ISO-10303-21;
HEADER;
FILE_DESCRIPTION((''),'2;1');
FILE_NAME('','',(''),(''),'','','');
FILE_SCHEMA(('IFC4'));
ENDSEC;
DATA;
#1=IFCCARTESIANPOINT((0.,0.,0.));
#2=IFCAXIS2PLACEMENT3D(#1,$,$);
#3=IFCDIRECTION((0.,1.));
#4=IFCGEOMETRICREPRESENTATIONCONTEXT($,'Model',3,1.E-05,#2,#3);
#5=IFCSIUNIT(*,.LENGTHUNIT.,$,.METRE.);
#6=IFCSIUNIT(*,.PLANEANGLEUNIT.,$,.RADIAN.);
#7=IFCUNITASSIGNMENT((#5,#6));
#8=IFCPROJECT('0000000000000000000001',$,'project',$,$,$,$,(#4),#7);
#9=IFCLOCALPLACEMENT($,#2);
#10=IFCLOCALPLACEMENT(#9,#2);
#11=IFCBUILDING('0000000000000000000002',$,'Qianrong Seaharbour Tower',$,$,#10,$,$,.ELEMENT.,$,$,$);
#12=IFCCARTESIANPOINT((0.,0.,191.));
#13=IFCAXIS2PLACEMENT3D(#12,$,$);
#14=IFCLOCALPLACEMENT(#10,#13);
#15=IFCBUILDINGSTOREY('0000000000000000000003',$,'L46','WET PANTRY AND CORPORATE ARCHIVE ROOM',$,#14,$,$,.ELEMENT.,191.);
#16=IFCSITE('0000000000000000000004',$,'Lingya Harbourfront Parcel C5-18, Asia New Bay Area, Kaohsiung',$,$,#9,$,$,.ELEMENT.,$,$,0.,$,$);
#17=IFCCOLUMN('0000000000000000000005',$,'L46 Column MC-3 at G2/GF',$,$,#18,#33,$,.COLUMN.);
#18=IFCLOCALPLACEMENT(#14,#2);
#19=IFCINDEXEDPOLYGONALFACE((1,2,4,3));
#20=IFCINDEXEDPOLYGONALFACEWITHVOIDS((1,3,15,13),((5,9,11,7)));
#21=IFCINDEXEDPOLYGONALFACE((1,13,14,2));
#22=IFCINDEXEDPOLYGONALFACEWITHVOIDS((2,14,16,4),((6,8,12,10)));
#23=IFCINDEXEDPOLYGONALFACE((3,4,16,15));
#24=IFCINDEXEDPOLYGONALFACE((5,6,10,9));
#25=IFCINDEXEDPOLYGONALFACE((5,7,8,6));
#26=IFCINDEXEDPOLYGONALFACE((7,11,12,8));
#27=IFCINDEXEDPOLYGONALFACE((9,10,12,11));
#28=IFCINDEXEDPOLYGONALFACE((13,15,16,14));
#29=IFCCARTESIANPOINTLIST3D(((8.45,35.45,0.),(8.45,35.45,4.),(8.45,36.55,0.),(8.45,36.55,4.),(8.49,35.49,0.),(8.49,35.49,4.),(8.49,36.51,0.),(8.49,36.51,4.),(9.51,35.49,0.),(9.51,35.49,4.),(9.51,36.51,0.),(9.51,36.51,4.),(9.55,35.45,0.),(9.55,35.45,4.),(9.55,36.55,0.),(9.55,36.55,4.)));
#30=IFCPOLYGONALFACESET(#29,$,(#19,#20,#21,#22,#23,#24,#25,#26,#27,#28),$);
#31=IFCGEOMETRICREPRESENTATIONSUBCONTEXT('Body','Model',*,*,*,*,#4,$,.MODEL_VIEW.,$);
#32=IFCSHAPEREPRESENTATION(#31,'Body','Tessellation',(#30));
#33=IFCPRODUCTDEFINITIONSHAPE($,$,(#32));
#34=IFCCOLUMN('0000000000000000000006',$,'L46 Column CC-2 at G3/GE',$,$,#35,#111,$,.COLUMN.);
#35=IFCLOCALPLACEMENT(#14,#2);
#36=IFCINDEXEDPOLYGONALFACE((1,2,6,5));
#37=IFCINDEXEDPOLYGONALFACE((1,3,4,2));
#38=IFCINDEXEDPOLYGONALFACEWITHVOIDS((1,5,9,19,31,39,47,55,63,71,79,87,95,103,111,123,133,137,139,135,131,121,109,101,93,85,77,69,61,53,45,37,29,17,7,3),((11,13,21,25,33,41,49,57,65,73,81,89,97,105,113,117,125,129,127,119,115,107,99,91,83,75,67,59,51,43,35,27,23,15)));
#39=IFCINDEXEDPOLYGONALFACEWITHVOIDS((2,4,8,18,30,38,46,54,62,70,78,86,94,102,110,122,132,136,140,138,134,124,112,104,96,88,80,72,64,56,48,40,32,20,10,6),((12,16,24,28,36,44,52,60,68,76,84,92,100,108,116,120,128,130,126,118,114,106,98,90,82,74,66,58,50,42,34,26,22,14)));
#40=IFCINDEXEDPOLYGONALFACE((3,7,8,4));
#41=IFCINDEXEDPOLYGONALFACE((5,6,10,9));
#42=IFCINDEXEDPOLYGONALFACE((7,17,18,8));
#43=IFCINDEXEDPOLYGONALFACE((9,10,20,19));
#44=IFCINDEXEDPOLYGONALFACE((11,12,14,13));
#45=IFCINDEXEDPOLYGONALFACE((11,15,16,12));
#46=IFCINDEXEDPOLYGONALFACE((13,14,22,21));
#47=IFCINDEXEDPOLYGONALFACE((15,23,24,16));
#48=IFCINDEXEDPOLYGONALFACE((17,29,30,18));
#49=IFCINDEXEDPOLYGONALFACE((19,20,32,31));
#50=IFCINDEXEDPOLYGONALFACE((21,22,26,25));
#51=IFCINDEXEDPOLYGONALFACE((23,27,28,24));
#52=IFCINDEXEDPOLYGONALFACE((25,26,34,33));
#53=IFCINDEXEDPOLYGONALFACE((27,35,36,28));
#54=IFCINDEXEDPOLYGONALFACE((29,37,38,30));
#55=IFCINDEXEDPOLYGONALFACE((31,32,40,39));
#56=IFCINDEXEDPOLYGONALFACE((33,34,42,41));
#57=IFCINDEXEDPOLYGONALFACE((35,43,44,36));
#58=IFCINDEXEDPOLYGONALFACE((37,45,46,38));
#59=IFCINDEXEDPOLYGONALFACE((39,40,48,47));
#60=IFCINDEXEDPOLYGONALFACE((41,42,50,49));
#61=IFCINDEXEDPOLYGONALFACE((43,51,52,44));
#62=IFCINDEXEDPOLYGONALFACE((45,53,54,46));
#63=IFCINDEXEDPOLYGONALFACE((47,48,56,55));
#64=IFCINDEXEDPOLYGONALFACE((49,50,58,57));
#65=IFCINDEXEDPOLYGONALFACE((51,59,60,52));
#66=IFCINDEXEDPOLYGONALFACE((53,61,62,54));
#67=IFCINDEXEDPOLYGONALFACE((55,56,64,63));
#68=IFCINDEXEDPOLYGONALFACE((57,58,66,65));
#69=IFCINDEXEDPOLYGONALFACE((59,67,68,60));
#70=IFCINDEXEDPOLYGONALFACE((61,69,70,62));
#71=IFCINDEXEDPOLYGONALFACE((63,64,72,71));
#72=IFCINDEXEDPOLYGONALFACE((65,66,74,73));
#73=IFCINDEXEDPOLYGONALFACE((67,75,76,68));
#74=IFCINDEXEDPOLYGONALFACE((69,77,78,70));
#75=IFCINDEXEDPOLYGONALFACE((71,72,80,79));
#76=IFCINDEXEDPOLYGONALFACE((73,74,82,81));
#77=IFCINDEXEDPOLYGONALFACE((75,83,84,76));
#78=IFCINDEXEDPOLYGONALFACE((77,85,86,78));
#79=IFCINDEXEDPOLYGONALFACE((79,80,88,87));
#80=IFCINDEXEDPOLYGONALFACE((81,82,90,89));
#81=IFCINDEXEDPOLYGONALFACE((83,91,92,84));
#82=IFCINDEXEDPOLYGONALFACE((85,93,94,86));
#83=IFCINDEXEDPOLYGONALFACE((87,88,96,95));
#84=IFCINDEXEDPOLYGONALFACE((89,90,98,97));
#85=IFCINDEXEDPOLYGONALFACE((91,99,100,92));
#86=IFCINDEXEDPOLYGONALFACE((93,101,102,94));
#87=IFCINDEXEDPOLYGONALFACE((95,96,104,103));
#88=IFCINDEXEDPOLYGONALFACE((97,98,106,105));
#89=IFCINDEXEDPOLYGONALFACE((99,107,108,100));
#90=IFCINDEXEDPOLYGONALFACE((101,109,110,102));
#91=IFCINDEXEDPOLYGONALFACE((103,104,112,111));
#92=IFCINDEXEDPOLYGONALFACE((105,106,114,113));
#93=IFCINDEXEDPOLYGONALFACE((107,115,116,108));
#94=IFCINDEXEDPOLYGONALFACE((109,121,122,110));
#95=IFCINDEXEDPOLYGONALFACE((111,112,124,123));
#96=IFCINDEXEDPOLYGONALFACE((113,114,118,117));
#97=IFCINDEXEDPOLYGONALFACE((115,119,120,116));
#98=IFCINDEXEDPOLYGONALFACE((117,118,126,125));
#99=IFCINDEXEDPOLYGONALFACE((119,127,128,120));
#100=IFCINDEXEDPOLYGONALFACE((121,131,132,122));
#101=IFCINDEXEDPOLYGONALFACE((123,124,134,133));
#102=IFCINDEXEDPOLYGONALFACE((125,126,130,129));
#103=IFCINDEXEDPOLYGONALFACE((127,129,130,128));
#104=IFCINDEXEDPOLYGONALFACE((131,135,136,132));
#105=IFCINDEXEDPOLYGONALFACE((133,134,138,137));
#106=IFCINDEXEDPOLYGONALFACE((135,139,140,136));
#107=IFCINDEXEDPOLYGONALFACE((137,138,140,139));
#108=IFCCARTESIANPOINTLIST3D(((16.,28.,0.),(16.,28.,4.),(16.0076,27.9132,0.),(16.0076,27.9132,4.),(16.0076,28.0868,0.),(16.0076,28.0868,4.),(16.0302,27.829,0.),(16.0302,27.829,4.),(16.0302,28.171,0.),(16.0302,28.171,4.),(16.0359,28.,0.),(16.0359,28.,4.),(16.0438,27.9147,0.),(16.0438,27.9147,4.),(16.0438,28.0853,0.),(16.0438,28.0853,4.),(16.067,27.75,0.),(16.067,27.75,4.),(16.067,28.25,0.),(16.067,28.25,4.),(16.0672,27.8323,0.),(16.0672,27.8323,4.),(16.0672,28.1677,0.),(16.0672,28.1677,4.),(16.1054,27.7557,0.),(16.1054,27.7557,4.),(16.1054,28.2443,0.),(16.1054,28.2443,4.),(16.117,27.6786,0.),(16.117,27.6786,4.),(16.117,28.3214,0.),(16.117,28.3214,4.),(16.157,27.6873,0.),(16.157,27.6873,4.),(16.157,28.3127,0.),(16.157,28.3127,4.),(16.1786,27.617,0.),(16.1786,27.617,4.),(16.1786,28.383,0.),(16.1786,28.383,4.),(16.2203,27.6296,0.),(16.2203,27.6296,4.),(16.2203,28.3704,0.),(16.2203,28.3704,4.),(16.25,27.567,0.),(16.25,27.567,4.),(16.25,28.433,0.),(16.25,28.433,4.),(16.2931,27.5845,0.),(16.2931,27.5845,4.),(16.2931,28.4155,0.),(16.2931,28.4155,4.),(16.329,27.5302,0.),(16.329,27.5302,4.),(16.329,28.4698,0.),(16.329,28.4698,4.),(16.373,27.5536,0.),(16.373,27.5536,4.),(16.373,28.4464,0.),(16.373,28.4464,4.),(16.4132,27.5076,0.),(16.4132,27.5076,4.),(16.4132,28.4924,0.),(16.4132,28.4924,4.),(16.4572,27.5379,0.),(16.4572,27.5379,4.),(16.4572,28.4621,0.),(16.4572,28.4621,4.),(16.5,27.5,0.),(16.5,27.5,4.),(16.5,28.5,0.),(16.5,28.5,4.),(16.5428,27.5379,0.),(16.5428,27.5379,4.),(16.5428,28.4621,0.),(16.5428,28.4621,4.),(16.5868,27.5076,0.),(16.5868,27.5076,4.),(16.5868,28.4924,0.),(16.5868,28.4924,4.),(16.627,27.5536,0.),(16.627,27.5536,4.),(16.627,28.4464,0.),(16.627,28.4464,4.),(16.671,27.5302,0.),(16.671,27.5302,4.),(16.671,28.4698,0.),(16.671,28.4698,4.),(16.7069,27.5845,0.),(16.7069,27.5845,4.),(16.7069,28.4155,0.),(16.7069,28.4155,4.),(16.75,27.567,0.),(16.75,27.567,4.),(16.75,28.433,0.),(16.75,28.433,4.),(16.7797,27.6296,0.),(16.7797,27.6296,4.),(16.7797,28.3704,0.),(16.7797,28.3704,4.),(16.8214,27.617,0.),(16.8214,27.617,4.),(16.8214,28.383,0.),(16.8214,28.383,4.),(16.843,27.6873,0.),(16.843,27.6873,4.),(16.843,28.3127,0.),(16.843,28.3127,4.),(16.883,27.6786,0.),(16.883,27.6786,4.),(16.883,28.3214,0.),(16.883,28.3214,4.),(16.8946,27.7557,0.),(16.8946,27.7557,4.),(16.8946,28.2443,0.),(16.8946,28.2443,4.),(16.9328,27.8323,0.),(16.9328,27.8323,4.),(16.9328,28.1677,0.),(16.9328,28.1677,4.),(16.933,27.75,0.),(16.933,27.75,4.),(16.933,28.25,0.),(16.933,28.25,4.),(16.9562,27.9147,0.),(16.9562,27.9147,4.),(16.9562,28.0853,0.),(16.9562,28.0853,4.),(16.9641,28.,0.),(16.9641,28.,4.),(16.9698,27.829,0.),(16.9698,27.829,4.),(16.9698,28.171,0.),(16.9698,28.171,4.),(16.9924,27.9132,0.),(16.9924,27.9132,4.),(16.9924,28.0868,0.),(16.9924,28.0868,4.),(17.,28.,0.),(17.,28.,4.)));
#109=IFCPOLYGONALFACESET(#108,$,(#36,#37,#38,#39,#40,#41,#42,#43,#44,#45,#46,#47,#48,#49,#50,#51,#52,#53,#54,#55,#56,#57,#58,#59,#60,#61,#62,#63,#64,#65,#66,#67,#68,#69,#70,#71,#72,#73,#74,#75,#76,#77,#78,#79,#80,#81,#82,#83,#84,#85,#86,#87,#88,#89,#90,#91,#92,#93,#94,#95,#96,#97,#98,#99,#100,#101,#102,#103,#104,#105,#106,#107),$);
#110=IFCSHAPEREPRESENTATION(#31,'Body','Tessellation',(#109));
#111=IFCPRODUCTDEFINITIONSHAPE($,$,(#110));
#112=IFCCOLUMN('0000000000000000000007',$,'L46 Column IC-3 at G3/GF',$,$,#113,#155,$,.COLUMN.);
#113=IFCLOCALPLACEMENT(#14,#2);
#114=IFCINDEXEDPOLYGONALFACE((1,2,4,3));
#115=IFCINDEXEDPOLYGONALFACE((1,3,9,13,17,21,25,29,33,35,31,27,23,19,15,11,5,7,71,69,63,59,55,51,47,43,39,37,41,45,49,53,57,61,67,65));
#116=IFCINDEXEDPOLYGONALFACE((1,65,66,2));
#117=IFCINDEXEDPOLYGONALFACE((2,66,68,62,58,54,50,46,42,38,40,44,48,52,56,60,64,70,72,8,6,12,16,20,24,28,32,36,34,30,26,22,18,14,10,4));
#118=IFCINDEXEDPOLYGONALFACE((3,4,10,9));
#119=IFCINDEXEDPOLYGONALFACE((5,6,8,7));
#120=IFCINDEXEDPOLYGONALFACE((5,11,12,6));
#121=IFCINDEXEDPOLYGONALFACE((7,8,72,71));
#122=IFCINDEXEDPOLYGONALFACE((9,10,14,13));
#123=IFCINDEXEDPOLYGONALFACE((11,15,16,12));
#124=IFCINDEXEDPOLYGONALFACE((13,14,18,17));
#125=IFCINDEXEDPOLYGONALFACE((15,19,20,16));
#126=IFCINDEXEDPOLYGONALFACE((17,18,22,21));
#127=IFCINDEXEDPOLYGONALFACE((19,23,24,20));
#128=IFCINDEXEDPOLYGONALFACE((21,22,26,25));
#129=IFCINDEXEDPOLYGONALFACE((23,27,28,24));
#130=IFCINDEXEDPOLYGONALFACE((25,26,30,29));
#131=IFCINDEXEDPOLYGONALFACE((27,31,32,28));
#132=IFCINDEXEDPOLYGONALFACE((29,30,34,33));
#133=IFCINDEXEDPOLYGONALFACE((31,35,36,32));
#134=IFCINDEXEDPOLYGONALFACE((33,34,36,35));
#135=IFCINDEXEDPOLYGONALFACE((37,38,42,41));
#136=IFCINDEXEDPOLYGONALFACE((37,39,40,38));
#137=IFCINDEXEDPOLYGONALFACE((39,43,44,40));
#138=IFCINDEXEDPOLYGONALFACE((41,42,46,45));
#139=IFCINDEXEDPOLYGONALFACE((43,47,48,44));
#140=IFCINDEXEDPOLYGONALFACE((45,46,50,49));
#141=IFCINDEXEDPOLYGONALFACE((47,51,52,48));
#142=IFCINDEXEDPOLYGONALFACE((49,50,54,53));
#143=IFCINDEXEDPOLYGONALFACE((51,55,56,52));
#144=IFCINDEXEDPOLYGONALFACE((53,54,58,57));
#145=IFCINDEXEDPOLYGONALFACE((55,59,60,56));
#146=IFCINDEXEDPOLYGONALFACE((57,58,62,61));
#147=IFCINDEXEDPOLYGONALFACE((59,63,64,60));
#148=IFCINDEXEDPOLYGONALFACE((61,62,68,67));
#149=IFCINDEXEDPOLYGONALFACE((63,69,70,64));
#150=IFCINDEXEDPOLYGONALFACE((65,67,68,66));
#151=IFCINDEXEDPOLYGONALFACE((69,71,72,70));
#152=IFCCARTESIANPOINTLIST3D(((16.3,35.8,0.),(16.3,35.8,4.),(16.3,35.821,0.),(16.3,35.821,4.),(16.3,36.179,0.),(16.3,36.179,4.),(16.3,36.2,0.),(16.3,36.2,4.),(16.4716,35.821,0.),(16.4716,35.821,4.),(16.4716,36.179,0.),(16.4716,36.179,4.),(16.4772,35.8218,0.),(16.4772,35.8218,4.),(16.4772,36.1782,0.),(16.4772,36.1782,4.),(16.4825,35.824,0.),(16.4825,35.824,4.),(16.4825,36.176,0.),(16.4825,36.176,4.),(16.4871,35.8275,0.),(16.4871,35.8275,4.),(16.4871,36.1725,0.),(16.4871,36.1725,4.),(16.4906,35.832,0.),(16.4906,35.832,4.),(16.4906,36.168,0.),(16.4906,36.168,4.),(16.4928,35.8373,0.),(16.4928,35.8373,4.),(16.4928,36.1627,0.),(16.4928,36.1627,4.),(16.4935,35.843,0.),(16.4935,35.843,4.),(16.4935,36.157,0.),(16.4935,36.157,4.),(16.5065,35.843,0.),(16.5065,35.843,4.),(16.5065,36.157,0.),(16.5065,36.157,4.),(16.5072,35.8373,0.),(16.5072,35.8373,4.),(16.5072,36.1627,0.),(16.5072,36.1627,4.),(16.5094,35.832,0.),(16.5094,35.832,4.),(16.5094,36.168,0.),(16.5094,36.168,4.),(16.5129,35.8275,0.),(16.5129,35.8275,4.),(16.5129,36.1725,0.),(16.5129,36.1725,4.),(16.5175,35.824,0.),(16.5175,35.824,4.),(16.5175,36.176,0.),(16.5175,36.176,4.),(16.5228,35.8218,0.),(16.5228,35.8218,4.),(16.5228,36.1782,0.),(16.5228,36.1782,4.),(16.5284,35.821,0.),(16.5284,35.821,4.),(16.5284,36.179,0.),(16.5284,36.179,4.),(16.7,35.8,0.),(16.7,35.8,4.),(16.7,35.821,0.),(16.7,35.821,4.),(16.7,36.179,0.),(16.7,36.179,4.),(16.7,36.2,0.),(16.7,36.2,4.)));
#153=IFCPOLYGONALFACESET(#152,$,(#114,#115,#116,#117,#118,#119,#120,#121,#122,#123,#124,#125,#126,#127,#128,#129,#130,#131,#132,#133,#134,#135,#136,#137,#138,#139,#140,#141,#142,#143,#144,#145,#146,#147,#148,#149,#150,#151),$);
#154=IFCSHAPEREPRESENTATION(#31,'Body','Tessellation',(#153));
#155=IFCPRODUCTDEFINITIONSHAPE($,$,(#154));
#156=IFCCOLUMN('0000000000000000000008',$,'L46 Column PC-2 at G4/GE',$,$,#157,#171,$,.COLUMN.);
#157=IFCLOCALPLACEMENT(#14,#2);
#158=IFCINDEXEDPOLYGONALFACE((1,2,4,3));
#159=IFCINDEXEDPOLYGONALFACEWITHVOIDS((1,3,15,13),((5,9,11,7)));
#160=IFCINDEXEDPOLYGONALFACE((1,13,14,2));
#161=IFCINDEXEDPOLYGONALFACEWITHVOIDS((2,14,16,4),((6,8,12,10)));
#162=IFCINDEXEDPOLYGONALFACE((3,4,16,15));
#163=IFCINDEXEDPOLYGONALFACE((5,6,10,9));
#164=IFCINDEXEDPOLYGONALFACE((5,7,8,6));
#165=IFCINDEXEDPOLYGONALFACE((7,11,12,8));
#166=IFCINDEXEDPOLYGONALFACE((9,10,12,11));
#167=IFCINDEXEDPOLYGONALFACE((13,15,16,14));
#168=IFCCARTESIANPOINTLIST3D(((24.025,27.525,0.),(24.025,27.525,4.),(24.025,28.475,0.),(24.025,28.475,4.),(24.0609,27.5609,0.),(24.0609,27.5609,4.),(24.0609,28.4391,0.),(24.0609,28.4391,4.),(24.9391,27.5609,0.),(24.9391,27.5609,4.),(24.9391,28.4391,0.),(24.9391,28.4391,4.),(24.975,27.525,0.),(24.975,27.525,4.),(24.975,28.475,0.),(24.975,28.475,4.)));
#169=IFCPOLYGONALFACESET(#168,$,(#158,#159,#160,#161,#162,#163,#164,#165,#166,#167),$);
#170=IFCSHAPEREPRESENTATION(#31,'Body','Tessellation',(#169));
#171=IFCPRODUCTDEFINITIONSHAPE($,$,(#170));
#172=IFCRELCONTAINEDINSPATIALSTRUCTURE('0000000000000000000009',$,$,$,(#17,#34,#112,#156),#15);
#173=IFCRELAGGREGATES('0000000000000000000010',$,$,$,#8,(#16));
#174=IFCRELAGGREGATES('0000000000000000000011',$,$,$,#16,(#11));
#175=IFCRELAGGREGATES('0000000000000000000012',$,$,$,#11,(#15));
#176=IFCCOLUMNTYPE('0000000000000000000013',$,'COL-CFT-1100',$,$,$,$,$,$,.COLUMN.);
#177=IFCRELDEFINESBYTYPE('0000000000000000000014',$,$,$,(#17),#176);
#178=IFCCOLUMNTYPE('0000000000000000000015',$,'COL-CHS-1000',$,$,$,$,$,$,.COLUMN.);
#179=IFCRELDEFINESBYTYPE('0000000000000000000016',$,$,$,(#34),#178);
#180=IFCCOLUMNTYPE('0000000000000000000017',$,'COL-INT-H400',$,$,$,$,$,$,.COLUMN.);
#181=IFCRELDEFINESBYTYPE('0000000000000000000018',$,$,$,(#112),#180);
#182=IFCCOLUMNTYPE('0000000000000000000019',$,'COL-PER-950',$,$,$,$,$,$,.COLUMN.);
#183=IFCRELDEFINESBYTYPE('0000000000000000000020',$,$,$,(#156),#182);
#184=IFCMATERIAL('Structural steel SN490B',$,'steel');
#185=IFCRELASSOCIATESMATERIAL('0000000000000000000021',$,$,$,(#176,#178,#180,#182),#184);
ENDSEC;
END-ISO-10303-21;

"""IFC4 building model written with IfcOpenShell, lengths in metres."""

from ifc_helpers import new_model, si_unit, direction, frame, origin, origin_2d, place, context, subcontext, project, spatial, hollow_rectangle, hollow_circle, i_section, extrude, material, material_profile, profile_set, type_object, element, save


model = new_model("IFC4")

# Units and contexts
model_context = context("Model", 3, precision=1e-05, world=origin(), true_north=direction((0.0, 1.0)))
body_context = subcontext(model_context, "Body", "Model", "MODEL_VIEW")
ifc_project = project(units=[si_unit("LENGTHUNIT", "METRE"), si_unit("PLANEANGLEUNIT", "RADIAN")], contexts=[model_context])

# Site, building, storey
site_placement = place(None, origin())
site = spatial("IfcSite", under=ifc_project, at=site_placement, Name="Lingya Harbourfront Parcel C5-18, Asia New Bay Area, Kaohsiung", CompositionType="ELEMENT", RefElevation=0.0)
building_placement = place(site_placement, origin())
building = spatial("IfcBuilding", under=site, at=building_placement, Name="Qianrong Seaharbour Tower", CompositionType="ELEMENT")
storey_placement = place(building_placement, frame((0.0, 0.0, 191.0)))
storey = spatial("IfcBuildingStorey", under=building, at=storey_placement, Name="L46", Description="WET PANTRY AND CORPORATE ARCHIVE ROOM", CompositionType="ELEMENT", Elevation=191.0)

# Columns
ifc_material_1 = material(Name="Structural steel SN490B", Category="steel")
ifc_material_profile_1 = material_profile(ifc_material_1, hollow_rectangle(XDim=1.1001, YDim=1.1001, WallThickness=0.04, at=origin_2d()), Name="BOX1100x1100x40")
ifc_profile_set_1 = profile_set([ifc_material_profile_1], Name="Structural steel SN490B")
column_type_1 = type_object("IfcColumnType", Name="COL-CFT-1100", PredefinedType="COLUMN", material=ifc_profile_set_1)
column_1_placement = place(storey_placement, frame((9.0, 36.0, 0.0), z_axis=(0.0, 0.0, 1.0), x_axis=(1.0, 0.0, 0.0)))
element("IfcColumn", 1, at=column_1_placement, inside=storey, type_object=column_type_1, Name="L46 Column MC-3 at G2/GF", PredefinedType="COLUMN", context=body_context, shape_type="SweptSolid", body=[
    extrude(hollow_rectangle(XDim=1.1001, YDim=1.1001, WallThickness=0.04, at=origin_2d()), origin(), (0.0, 0.0, 1.0), 4.0),
])
ifc_material_profile_2 = material_profile(ifc_material_1, hollow_circle(Radius=0.5, WallThickness=0.0359, at=origin_2d()), Name="CHS1000x36")
ifc_profile_set_2 = profile_set([ifc_material_profile_2], Name="Structural steel SN490B")
column_type_2 = type_object("IfcColumnType", Name="COL-CHS-1000", PredefinedType="COLUMN", material=ifc_profile_set_2)
column_2_placement = place(storey_placement, frame((16.5, 28.0, 0.0), z_axis=(0.0, 0.0, 1.0), x_axis=(1.0, 0.0, 0.0)))
element("IfcColumn", 2, at=column_2_placement, inside=storey, type_object=column_type_2, Name="L46 Column CC-2 at G3/GE", PredefinedType="COLUMN", context=body_context, shape_type="SweptSolid", body=[
    extrude(hollow_circle(Radius=0.5, WallThickness=0.0359, at=origin_2d()), origin(), (0.0, 0.0, 1.0), 4.0),
])
ifc_material_profile_3 = material_profile(ifc_material_1, i_section(OverallWidth=0.3999, OverallDepth=0.3999, WebThickness=0.0129, FlangeThickness=0.021, FilletRadius=0.022, at=origin_2d()), Name="H400x400x13x21")
ifc_profile_set_3 = profile_set([ifc_material_profile_3], Name="Structural steel SN490B")
column_type_3 = type_object("IfcColumnType", Name="COL-INT-H400", PredefinedType="COLUMN", material=ifc_profile_set_3)
column_3_placement = place(storey_placement, frame((16.5, 36.0, 0.0), z_axis=(0.0, 0.0, 1.0), x_axis=(1.0, 0.0, 0.0)))
element("IfcColumn", 3, at=column_3_placement, inside=storey, type_object=column_type_3, Name="L46 Column IC-3 at G3/GF", PredefinedType="COLUMN", context=body_context, shape_type="SweptSolid", body=[
    extrude(i_section(OverallWidth=0.3999, OverallDepth=0.3999, WebThickness=0.0129, FlangeThickness=0.021, FilletRadius=0.022, at=origin_2d()), origin(), (0.0, 0.0, 1.0), 4.0),
])
ifc_material_profile_4 = material_profile(ifc_material_1, hollow_rectangle(XDim=0.95, YDim=0.95, WallThickness=0.0359, at=origin_2d()), Name="BOX950x950x36")
ifc_profile_set_4 = profile_set([ifc_material_profile_4], Name="Structural steel SN490B")
column_type_4 = type_object("IfcColumnType", Name="COL-PER-950", PredefinedType="COLUMN", material=ifc_profile_set_4)
column_4_placement = place(storey_placement, frame((24.5, 28.0, 0.0), z_axis=(0.0, 0.0, 1.0), x_axis=(1.0, 0.0, 0.0)))
element("IfcColumn", 4, at=column_4_placement, inside=storey, type_object=column_type_4, Name="L46 Column PC-2 at G4/GE", PredefinedType="COLUMN", context=body_context, shape_type="SweptSolid", body=[
    extrude(hollow_rectangle(XDim=0.95, YDim=0.95, WallThickness=0.0359, at=origin_2d()), origin(), (0.0, 0.0, 1.0), 4.0),
])

save(model, "model.ifc")
